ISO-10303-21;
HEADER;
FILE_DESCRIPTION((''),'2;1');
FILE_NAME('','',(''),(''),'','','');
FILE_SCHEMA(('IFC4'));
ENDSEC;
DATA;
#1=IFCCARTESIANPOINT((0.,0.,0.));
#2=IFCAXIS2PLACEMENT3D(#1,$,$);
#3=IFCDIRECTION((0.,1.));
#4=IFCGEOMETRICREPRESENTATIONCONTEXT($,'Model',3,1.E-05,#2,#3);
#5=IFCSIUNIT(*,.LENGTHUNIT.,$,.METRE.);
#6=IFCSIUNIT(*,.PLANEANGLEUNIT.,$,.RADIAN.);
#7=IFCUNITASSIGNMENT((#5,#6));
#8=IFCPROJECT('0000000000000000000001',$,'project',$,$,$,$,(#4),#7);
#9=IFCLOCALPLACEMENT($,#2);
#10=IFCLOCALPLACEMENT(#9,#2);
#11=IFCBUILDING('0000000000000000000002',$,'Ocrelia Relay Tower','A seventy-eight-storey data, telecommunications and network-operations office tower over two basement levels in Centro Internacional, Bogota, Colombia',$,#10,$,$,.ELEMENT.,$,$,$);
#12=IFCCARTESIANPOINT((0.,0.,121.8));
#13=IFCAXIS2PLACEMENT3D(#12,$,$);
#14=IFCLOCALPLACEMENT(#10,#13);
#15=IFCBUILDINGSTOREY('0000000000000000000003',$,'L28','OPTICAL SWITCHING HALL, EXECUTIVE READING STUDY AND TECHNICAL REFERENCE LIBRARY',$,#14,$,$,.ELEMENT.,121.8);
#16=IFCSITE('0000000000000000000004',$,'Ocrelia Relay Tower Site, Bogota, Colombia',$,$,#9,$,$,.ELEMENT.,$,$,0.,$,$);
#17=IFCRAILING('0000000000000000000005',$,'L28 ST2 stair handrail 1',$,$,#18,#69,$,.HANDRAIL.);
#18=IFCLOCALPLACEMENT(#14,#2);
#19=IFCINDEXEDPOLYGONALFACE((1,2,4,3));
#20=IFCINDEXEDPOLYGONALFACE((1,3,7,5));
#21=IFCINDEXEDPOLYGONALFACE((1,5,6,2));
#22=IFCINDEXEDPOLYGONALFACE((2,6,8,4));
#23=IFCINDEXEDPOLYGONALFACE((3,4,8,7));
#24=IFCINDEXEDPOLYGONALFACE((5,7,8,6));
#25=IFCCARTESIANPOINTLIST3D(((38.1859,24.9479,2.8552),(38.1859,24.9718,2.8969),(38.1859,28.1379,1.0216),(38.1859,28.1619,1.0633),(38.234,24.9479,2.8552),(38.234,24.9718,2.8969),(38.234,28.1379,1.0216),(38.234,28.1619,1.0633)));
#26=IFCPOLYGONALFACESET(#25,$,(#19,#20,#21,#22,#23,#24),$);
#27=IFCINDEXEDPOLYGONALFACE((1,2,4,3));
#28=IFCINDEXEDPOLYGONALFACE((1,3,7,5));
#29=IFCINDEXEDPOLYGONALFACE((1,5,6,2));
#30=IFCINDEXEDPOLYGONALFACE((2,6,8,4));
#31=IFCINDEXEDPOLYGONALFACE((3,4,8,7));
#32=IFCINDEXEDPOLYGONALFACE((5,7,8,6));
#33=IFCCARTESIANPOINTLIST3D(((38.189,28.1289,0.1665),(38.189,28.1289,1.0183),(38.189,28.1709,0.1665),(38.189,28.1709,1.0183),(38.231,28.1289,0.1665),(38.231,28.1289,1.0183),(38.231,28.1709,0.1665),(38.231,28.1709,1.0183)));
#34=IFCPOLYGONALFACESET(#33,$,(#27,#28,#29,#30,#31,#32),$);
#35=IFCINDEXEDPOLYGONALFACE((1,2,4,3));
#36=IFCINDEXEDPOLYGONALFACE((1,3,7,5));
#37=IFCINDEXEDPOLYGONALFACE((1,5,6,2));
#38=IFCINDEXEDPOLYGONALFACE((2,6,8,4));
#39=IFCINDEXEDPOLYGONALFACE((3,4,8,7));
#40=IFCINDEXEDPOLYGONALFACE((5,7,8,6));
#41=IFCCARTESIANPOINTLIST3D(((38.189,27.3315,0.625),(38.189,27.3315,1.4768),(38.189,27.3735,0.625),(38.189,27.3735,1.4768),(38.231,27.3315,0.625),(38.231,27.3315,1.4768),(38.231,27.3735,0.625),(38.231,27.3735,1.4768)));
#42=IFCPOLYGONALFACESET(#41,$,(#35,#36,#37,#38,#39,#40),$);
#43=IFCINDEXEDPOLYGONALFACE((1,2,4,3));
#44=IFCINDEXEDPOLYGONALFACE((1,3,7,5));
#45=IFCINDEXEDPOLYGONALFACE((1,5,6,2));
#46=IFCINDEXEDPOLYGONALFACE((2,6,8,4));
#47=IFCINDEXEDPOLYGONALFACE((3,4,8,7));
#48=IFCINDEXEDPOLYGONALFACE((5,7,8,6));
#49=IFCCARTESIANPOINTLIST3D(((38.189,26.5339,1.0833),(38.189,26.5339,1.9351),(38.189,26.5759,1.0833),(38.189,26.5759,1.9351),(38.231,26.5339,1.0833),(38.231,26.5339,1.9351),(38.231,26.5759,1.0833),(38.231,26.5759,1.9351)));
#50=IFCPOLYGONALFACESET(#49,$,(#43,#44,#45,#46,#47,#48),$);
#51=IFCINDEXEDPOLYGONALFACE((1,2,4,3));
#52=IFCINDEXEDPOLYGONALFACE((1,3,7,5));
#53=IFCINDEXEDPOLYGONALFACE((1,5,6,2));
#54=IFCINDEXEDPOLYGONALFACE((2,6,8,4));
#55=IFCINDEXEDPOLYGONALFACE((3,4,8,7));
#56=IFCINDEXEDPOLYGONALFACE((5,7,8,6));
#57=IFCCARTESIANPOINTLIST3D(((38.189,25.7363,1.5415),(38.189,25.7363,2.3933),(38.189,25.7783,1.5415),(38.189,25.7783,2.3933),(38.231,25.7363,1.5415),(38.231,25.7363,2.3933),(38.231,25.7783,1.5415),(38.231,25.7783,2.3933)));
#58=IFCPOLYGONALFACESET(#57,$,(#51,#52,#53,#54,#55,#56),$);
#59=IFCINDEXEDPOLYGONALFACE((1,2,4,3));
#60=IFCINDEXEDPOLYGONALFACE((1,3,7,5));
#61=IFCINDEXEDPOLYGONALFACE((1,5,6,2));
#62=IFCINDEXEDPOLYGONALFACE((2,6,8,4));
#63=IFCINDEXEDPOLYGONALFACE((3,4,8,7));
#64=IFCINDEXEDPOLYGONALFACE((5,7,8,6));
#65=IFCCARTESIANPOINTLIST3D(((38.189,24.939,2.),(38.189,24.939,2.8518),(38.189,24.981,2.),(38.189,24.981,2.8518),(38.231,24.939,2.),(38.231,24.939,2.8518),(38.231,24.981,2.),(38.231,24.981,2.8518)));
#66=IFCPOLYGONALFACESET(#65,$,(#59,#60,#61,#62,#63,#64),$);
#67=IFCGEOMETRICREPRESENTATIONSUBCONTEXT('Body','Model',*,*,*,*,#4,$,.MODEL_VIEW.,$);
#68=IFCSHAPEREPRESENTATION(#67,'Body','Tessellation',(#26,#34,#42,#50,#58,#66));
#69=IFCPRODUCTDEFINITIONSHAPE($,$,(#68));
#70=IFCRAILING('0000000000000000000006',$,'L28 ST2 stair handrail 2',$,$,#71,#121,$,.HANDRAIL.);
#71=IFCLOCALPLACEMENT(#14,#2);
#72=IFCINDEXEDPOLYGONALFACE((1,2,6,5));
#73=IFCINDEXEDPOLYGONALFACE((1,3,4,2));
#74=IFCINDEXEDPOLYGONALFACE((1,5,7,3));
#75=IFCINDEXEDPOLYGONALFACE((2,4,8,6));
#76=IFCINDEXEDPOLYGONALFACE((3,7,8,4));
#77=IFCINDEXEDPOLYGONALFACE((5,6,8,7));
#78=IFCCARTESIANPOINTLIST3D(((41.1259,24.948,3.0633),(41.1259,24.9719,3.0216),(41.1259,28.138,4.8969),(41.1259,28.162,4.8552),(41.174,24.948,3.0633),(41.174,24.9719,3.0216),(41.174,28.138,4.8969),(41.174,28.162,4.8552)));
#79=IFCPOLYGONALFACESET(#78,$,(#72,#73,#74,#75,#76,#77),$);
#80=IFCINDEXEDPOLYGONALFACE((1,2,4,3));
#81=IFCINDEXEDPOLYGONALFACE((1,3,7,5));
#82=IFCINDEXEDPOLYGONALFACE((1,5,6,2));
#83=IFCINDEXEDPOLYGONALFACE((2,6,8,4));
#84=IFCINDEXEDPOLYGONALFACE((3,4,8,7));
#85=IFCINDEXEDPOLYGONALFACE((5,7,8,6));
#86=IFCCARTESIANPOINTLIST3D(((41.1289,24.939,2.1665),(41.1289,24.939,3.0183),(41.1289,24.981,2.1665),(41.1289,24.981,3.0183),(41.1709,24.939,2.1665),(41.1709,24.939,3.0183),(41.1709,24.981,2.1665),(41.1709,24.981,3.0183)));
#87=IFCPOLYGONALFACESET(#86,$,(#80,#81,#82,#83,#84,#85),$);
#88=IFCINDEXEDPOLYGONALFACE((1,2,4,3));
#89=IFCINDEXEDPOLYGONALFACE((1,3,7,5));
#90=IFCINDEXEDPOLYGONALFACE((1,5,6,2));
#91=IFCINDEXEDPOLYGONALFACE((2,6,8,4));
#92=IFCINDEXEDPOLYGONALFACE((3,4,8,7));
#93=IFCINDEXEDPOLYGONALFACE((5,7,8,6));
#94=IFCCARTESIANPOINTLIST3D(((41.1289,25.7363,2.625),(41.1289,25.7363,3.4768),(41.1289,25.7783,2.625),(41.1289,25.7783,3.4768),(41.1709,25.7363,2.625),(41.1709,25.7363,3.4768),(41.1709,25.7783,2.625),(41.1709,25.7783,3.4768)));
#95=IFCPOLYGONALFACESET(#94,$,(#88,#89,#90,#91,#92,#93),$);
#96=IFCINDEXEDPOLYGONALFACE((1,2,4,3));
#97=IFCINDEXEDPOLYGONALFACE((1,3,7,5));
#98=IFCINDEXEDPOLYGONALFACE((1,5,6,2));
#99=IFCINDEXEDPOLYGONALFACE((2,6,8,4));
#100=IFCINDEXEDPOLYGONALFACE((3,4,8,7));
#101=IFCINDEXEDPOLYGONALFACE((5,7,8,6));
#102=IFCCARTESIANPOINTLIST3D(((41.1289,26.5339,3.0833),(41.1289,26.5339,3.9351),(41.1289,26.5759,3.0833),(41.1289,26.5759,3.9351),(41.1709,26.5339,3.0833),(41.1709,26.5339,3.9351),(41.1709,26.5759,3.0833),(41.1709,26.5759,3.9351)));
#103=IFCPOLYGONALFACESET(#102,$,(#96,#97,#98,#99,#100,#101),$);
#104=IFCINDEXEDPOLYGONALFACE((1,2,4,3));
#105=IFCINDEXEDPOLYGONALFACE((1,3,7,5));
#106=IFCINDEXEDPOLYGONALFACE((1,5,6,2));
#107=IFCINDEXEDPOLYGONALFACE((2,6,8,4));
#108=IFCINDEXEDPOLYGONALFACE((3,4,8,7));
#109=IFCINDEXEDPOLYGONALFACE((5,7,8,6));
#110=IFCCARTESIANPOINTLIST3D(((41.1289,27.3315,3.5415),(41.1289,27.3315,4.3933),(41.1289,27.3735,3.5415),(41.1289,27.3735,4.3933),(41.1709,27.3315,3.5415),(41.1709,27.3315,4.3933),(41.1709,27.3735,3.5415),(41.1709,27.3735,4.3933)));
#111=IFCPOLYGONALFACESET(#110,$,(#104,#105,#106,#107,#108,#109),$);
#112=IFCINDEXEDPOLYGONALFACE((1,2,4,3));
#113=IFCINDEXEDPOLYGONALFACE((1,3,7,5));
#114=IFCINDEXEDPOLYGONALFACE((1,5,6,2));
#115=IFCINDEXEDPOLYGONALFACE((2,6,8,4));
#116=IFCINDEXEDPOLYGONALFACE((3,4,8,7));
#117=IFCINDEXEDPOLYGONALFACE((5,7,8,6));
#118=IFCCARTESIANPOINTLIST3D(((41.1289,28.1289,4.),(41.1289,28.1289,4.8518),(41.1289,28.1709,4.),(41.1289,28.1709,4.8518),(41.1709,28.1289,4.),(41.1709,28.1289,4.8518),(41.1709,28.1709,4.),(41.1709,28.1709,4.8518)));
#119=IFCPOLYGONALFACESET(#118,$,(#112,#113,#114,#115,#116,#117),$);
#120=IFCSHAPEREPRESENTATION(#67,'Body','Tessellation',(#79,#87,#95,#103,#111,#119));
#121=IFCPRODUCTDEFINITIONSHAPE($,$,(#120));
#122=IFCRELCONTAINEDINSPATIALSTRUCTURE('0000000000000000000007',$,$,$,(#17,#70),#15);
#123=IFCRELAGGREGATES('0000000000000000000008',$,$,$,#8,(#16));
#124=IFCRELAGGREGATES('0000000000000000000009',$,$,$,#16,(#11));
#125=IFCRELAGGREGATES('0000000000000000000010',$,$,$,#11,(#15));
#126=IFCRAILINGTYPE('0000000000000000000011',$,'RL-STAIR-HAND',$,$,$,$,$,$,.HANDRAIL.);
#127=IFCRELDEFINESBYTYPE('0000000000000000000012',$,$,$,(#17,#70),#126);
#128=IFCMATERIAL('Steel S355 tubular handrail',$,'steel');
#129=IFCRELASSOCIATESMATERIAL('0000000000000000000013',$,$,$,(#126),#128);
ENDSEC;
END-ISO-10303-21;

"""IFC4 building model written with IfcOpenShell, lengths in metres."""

from ifc_helpers import new_model, si_unit, direction, frame, origin, origin_2d, place, context, subcontext, project, spatial, rectangle, extrude, material, type_object, element, save


model = new_model("IFC4")

# Units and contexts
model_context = context("Model", 3, precision=1e-05, world=origin(), true_north=direction((0.0, 1.0)))
body_context = subcontext(model_context, "Body", "Model", "MODEL_VIEW")
ifc_project = project(units=[si_unit("LENGTHUNIT", "METRE"), si_unit("PLANEANGLEUNIT", "RADIAN")], contexts=[model_context])

# Site, building, storey
site_placement = place(None, origin())
site = spatial("IfcSite", under=ifc_project, at=site_placement, Name="Ocrelia Relay Tower Site, Bogota, Colombia", CompositionType="ELEMENT", RefElevation=0.0)
building_placement = place(site_placement, origin())
building = spatial("IfcBuilding", under=site, at=building_placement, Name="Ocrelia Relay Tower", Description="A seventy-eight-storey data, telecommunications and network-operations office tower over two basement levels in Centro Internacional, Bogota, Colombia", CompositionType="ELEMENT")
storey_placement = place(building_placement, frame((0.0, 0.0, 121.8)))
storey = spatial("IfcBuildingStorey", under=building, at=storey_placement, Name="L28", Description="OPTICAL SWITCHING HALL, EXECUTIVE READING STUDY AND TECHNICAL REFERENCE LIBRARY", CompositionType="ELEMENT", Elevation=121.8)

# Railings
ifc_material_1 = material(Name="Steel S355 tubular handrail", Category="steel")
railing_type_1 = type_object("IfcRailingType", Name="RL-STAIR-HAND", PredefinedType="HANDRAIL", material=ifc_material_1)
railing_1_placement = place(storey_placement, frame((38.21, 28.1499, 0.1665)))
element("IfcRailing", 1, at=railing_1_placement, inside=storey, type_object=railing_type_1, Name="L28 ST2 stair handrail 1", PredefinedType="HANDRAIL", context=body_context, shape_type="SweptSolid", body=[
    extrude(rectangle(XDim=0.0481, YDim=0.0481, at=origin_2d()), frame((0.0, 0.0, 0.876), z_axis=(0.0, -0.866991, 0.498324), x_axis=(1.0, 0.0, 0.0)), (0.0, 0.0, 1.0), 3.6794),
    extrude(rectangle(XDim=0.042, YDim=0.042, at=origin_2d()), origin(), (0.0, 0.0, 1.0), 0.8518),
    extrude(rectangle(XDim=0.042, YDim=0.042, at=origin_2d()), frame((0.0, -0.7974, 0.4585)), (0.0, 0.0, 1.0), 0.8518),
    extrude(rectangle(XDim=0.042, YDim=0.042, at=origin_2d()), frame((0.0, -1.595, 0.9167)), (0.0, 0.0, 1.0), 0.8518),
    extrude(rectangle(XDim=0.042, YDim=0.042, at=origin_2d()), frame((0.0, -2.3926, 1.375)), (0.0, 0.0, 1.0), 0.8518),
    extrude(rectangle(XDim=0.042, YDim=0.042, at=origin_2d()), frame((0.0, -3.1899, 1.8335)), (0.0, 0.0, 1.0), 0.8518),
])
railing_2_placement = place(storey_placement, frame((41.1499, 24.96, 2.1665)))
element("IfcRailing", 2, at=railing_2_placement, inside=storey, type_object=railing_type_1, Name="L28 ST2 stair handrail 2", PredefinedType="HANDRAIL", context=body_context, shape_type="SweptSolid", body=[
    extrude(rectangle(XDim=0.0481, YDim=0.0481, at=origin_2d()), frame((0.0, 0.0, 0.876), z_axis=(0.0, 0.866991, 0.498324), x_axis=(-1.0, 0.0, 0.0)), (0.0, 0.0, 1.0), 3.6794),
    extrude(rectangle(XDim=0.042, YDim=0.042, at=origin_2d()), origin(), (0.0, 0.0, 1.0), 0.8518),
    extrude(rectangle(XDim=0.042, YDim=0.042, at=origin_2d()), frame((0.0, 0.7974, 0.4585)), (0.0, 0.0, 1.0), 0.8518),
    extrude(rectangle(XDim=0.042, YDim=0.042, at=origin_2d()), frame((0.0, 1.595, 0.9167)), (0.0, 0.0, 1.0), 0.8518),
    extrude(rectangle(XDim=0.042, YDim=0.042, at=origin_2d()), frame((0.0, 2.3926, 1.375)), (0.0, 0.0, 1.0), 0.8518),
    extrude(rectangle(XDim=0.042, YDim=0.042, at=origin_2d()), frame((0.0, 3.1899, 1.8335)), (0.0, 0.0, 1.0), 0.8518),
])

save(model, "model.ifc")
